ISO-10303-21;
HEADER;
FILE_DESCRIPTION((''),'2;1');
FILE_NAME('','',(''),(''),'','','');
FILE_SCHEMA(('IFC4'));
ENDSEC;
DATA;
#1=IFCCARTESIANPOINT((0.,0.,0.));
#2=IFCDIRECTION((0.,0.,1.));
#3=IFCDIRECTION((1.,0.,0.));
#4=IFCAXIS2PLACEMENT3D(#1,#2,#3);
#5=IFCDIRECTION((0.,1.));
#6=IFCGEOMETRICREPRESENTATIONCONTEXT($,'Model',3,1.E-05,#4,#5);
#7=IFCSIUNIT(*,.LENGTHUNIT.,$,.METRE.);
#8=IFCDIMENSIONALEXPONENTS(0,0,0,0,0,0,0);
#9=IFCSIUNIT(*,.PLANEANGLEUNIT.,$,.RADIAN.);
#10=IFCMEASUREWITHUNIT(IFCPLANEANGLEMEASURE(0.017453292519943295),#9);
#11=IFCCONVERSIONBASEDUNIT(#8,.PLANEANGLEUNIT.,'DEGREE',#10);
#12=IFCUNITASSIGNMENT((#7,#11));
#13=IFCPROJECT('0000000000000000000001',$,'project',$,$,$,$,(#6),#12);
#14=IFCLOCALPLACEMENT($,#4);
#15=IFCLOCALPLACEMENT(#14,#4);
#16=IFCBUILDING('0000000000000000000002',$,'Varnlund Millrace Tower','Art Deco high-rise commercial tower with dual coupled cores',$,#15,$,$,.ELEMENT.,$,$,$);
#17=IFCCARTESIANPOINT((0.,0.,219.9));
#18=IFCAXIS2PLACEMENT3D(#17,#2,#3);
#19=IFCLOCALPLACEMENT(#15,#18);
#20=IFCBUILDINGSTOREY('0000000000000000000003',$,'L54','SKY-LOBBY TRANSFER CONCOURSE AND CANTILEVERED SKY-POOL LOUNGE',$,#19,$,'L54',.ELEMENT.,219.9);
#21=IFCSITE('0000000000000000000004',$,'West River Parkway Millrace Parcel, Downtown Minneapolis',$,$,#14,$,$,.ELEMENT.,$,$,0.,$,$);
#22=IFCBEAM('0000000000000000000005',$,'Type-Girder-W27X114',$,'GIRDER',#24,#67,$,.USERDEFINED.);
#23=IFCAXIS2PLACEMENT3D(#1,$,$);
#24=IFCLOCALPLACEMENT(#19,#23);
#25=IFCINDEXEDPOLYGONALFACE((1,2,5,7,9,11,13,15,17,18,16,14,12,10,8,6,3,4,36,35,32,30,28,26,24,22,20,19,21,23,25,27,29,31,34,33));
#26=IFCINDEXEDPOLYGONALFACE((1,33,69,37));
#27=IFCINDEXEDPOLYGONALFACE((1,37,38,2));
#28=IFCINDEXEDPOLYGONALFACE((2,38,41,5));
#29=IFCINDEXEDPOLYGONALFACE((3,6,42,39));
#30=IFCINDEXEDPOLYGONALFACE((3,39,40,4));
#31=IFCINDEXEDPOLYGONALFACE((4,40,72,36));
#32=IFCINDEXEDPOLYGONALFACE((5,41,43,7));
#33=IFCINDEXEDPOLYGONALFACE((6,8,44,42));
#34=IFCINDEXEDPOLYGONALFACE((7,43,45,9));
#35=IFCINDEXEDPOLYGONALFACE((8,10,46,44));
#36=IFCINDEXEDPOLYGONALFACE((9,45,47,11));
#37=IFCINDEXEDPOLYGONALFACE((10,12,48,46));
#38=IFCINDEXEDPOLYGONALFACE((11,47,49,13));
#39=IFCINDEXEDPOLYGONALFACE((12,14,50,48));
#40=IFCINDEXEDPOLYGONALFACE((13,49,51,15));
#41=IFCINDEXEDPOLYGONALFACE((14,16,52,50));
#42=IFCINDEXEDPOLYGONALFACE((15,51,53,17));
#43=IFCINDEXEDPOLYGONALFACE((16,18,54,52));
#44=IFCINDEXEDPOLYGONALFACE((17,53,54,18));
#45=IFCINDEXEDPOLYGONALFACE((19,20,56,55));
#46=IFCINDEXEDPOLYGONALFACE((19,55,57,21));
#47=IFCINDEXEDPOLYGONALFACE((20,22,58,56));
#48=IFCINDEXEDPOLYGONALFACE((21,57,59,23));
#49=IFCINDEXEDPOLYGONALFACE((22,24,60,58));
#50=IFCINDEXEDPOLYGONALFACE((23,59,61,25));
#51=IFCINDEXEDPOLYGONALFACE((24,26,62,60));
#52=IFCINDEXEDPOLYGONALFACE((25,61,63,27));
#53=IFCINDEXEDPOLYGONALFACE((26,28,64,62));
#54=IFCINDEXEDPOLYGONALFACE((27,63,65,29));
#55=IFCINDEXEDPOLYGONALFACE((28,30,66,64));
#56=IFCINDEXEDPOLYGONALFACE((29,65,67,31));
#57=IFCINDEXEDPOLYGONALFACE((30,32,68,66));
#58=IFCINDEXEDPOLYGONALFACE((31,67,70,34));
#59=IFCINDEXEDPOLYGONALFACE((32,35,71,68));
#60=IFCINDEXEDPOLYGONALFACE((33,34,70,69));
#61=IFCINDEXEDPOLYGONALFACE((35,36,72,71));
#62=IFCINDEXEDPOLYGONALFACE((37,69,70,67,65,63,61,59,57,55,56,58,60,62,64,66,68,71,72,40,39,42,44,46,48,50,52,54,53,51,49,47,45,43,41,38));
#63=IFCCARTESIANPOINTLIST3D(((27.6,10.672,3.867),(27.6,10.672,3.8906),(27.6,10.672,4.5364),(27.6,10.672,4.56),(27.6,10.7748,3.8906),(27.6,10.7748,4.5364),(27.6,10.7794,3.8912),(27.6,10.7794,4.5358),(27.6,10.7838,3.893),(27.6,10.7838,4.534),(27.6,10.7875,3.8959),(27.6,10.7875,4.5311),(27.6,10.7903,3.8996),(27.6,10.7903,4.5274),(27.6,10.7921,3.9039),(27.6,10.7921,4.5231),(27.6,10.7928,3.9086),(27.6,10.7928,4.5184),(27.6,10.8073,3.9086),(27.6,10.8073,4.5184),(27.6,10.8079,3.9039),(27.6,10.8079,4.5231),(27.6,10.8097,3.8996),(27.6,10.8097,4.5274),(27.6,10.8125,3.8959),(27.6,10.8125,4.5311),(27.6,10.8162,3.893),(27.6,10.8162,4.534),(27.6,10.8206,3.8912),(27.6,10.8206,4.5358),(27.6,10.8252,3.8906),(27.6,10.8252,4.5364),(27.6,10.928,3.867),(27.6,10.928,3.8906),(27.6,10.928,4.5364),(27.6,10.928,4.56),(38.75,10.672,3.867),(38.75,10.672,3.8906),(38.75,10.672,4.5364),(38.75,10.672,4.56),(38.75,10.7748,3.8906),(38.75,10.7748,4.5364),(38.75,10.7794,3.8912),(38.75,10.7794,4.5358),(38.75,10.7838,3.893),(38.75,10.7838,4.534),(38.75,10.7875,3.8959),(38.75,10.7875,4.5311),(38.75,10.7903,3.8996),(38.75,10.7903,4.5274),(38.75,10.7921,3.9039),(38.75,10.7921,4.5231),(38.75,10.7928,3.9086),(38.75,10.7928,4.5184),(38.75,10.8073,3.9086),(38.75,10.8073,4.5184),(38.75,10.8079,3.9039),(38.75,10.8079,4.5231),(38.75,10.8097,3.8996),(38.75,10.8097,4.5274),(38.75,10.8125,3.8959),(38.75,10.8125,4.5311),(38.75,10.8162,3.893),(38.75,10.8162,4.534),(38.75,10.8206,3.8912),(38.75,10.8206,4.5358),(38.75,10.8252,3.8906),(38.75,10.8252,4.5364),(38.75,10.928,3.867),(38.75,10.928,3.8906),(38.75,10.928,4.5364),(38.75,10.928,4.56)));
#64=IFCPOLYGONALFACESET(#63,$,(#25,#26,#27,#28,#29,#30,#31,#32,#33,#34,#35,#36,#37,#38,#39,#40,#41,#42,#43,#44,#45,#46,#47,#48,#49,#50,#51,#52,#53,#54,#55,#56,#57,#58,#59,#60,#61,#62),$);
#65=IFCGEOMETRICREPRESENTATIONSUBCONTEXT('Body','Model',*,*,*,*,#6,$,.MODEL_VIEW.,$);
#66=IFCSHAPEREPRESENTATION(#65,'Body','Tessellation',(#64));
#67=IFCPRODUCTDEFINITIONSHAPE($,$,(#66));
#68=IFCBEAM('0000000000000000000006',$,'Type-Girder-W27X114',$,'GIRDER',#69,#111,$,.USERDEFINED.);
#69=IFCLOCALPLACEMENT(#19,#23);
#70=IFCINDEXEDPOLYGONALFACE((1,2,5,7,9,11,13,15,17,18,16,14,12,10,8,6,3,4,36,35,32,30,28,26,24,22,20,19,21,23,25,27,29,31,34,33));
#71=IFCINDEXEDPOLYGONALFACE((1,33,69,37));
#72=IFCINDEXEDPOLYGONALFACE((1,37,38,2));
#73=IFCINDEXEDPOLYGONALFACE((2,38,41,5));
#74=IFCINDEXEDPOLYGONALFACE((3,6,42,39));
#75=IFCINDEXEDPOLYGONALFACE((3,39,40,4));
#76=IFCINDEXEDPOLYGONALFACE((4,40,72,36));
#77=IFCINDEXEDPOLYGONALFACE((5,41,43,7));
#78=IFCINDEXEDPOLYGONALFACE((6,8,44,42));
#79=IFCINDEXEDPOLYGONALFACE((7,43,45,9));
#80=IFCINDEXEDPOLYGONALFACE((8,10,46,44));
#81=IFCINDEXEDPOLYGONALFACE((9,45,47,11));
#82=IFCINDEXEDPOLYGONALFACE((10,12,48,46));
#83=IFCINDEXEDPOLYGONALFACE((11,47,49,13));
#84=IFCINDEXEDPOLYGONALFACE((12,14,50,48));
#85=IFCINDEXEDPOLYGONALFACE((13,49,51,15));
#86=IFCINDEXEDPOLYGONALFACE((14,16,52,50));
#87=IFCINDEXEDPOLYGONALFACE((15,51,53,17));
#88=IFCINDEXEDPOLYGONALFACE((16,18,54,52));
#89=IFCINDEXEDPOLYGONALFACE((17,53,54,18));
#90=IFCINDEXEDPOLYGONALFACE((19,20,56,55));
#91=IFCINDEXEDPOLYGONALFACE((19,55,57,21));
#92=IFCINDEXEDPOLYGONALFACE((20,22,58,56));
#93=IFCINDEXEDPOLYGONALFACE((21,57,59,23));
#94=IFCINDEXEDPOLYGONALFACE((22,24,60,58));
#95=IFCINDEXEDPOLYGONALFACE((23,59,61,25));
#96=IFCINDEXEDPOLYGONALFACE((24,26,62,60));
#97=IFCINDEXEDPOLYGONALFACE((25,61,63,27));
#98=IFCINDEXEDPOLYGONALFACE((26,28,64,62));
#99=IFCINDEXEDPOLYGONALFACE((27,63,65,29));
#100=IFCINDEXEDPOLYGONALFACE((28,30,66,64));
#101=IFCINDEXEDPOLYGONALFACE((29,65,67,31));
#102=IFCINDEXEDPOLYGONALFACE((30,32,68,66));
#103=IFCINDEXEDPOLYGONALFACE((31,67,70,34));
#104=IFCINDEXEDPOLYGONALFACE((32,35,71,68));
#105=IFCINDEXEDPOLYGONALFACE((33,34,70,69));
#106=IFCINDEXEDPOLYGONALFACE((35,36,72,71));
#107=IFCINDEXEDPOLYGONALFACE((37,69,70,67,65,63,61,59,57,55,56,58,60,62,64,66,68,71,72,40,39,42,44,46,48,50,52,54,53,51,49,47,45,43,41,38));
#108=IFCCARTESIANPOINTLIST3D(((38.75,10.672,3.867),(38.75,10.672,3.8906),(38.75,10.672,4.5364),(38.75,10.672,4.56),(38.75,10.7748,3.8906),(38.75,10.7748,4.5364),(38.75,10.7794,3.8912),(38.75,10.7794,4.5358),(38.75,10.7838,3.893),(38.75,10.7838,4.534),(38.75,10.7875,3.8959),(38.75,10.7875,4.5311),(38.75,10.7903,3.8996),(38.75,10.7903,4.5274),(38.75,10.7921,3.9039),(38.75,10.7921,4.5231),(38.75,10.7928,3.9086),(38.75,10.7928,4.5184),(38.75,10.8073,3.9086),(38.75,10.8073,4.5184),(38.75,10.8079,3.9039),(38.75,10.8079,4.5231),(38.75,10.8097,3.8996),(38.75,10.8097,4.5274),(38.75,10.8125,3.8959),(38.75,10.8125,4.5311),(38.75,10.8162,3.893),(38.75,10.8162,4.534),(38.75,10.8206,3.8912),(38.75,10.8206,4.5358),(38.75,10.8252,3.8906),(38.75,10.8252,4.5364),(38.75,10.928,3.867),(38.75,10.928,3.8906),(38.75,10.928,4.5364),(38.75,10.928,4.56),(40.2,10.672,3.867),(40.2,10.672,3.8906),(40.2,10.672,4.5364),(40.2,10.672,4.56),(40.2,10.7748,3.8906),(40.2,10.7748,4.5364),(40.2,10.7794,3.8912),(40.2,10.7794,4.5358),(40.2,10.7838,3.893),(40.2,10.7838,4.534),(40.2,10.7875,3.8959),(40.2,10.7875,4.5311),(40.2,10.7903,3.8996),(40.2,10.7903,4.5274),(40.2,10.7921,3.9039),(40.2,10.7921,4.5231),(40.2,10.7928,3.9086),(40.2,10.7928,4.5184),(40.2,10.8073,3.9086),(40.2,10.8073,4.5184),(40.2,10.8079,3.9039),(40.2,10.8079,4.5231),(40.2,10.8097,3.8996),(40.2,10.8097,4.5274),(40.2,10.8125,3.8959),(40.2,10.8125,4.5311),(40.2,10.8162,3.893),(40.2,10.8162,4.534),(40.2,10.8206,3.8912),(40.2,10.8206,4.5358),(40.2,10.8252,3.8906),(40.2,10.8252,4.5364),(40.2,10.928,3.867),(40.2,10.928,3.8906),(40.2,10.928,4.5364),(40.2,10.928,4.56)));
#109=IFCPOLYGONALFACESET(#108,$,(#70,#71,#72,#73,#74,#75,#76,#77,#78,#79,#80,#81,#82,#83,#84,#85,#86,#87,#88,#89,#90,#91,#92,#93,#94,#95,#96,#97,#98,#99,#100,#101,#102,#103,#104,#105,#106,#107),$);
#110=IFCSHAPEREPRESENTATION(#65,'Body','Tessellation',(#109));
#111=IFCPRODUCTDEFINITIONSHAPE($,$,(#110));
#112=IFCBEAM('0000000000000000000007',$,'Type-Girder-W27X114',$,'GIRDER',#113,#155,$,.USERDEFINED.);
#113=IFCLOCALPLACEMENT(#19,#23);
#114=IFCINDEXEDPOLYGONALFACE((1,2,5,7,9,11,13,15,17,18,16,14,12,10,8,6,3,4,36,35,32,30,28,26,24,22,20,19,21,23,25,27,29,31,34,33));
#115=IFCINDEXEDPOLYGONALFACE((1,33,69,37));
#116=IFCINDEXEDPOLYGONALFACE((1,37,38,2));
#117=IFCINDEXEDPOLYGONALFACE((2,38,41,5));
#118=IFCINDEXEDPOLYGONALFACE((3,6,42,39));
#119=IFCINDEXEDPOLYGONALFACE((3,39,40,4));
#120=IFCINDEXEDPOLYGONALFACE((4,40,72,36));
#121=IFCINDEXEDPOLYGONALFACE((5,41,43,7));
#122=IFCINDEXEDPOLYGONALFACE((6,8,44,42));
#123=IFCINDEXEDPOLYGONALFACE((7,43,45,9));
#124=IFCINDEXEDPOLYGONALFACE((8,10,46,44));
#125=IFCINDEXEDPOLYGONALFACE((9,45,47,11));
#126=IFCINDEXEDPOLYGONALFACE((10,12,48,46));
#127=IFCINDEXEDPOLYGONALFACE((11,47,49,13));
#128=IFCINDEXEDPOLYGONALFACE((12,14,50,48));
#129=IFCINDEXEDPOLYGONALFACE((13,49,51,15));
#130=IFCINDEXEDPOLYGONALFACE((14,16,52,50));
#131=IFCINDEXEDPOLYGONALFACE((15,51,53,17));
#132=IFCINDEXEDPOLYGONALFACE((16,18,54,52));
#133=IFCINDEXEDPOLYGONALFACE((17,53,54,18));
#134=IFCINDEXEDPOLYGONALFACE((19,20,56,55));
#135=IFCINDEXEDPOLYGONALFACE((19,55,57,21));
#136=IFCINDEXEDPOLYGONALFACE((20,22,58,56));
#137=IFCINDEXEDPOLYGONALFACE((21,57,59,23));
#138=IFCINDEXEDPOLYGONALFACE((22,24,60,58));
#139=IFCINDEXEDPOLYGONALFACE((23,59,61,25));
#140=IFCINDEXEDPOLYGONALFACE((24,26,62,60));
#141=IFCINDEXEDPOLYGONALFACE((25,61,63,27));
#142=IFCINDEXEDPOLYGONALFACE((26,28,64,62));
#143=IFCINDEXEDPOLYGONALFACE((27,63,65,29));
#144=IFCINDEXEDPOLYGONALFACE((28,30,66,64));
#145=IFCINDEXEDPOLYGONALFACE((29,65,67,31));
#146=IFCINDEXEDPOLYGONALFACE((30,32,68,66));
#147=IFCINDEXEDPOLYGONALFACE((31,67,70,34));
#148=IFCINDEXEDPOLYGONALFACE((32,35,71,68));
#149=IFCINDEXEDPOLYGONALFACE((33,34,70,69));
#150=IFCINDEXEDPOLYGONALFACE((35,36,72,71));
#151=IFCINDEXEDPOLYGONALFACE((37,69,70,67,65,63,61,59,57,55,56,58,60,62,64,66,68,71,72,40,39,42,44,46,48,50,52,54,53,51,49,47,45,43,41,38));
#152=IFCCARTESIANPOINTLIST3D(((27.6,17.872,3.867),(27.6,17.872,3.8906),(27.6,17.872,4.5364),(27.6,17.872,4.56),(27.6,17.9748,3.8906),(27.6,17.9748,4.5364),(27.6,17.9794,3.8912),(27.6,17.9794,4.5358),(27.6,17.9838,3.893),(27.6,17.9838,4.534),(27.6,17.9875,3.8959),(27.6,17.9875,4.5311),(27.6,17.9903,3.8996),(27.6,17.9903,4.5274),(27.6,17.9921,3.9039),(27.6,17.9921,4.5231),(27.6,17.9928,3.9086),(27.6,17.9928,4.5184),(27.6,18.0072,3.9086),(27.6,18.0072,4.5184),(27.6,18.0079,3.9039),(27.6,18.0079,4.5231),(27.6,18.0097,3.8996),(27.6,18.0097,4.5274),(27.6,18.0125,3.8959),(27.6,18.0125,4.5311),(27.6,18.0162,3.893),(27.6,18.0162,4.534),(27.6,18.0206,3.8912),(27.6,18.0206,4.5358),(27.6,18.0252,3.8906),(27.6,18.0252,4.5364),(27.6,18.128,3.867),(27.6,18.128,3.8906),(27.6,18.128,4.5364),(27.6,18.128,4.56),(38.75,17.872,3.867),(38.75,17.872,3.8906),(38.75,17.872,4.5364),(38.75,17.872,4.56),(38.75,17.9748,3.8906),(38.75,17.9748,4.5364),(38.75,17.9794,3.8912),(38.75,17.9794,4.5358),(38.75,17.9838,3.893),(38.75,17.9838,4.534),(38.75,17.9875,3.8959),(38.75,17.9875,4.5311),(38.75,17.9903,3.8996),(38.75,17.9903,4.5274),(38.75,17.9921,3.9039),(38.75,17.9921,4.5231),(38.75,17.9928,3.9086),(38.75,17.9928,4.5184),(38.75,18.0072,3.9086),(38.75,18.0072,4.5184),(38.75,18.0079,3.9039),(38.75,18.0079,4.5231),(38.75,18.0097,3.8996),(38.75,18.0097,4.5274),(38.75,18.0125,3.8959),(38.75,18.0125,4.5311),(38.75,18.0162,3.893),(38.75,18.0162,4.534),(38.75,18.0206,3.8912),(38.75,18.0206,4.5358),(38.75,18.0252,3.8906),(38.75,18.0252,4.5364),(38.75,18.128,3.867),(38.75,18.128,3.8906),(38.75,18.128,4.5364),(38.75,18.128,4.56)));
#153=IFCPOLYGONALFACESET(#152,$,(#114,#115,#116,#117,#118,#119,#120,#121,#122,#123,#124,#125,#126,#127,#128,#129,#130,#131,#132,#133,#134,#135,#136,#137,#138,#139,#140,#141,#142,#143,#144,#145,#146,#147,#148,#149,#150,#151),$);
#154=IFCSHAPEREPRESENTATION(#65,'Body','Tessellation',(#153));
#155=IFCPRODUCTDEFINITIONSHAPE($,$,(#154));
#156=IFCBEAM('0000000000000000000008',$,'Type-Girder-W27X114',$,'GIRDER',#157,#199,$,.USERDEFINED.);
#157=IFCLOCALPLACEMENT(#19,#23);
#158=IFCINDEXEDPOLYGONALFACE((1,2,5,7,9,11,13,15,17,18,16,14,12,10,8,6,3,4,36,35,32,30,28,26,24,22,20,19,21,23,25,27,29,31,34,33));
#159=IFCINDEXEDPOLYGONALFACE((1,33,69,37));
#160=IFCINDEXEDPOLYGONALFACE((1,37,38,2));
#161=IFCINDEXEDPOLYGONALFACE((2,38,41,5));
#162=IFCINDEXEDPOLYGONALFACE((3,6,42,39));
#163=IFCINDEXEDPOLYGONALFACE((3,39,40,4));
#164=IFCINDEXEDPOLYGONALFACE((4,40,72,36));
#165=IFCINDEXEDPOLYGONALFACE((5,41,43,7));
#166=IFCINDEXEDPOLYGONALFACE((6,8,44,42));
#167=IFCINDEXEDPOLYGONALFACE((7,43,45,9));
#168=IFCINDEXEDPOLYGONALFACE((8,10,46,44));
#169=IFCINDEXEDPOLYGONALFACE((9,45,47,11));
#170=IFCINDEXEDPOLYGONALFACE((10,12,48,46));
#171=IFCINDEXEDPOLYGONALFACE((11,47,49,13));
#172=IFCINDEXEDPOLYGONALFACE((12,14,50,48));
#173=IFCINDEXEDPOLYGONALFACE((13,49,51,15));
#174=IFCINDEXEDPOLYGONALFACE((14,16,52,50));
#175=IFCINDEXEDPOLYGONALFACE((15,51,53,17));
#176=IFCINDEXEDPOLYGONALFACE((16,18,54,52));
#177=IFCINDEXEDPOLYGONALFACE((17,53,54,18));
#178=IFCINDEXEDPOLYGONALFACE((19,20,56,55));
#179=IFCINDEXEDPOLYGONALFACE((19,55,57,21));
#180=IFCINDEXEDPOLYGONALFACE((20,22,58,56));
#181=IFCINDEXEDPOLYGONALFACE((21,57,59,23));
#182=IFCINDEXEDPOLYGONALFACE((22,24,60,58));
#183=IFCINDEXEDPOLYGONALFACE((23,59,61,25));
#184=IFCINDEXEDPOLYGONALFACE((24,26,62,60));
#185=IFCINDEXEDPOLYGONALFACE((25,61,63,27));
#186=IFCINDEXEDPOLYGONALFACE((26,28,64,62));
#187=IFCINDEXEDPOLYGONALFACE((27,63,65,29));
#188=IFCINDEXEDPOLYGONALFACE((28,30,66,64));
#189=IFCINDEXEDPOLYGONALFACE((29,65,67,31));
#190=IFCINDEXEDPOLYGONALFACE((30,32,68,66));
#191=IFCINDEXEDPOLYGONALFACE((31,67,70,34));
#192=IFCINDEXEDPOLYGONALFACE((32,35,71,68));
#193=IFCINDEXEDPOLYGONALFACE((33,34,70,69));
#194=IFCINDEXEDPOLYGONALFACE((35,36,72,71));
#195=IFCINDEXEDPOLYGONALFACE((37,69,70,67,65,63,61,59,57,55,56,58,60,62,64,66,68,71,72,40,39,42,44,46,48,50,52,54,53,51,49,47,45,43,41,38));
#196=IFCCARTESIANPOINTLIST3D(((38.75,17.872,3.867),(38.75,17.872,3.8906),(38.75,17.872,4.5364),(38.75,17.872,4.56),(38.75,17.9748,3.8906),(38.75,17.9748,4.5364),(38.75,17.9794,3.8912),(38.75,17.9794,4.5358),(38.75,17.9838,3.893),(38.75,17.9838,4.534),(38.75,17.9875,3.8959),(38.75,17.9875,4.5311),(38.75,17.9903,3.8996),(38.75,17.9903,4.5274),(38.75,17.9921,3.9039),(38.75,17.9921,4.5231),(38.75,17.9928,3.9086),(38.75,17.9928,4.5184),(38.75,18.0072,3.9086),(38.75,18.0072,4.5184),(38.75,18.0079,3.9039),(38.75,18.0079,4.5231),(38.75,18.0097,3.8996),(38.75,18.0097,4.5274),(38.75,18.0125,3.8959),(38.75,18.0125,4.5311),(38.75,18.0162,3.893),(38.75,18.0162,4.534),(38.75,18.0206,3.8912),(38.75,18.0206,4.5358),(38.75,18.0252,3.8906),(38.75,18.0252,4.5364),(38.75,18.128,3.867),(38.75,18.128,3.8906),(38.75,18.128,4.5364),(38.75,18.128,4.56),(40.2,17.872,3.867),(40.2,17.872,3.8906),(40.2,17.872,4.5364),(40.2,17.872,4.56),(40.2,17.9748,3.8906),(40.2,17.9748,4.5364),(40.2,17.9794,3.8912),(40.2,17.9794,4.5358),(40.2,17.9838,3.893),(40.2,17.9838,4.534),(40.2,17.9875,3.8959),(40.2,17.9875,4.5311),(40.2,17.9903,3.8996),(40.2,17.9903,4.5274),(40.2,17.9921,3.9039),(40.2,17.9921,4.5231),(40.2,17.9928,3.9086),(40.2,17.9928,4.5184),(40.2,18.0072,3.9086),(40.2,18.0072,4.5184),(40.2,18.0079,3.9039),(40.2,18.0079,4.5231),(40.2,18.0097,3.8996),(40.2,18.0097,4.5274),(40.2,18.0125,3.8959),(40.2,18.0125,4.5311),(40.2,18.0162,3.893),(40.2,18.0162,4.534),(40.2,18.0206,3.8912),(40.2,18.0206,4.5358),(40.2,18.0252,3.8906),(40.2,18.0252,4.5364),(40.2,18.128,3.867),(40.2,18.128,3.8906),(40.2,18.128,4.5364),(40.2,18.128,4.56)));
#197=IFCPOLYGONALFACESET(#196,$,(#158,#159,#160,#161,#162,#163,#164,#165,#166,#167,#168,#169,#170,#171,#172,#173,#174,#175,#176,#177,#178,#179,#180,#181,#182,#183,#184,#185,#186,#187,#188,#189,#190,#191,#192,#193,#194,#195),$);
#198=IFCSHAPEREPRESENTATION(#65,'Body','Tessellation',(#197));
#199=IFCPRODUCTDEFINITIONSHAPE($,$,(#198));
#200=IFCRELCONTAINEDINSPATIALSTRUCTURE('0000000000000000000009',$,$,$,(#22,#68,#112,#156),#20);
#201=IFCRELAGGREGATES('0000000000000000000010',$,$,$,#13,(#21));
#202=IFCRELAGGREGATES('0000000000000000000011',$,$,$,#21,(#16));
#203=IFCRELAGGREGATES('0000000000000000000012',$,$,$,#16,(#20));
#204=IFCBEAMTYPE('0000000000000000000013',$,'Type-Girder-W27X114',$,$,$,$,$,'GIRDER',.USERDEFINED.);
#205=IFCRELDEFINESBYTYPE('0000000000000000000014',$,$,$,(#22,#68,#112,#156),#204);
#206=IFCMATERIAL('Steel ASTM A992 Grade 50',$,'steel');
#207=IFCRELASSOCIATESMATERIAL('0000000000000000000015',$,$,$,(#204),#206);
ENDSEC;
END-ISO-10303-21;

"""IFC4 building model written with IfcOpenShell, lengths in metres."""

from ifc_helpers import new_model, entity, si_unit, converted_unit, direction, frame, origin_with_axes, origin_2d_with_axis, place, context, subcontext, project, spatial, i_section, extrude, material, material_profile, profile_set, type_object, element, save


model = new_model("IFC4")

# Units and contexts
model_context = context("Model", 3, precision=1e-05, world=origin_with_axes(), true_north=direction((0.0, 1.0)))
body_context = subcontext(model_context, "Body", "Model", "MODEL_VIEW")
ifc_project = project(units=[si_unit("LENGTHUNIT", "METRE"), converted_unit("PLANEANGLEUNIT", "DEGREE", entity("IfcPlaneAngleMeasure", 0.017453292519943295), si_unit("PLANEANGLEUNIT", "RADIAN"), dimensions=[0, 0, 0, 0, 0, 0, 0])], contexts=[model_context])

# Site, building, storey
site_placement = place(None, origin_with_axes())
site = spatial("IfcSite", under=ifc_project, at=site_placement, Name="West River Parkway Millrace Parcel, Downtown Minneapolis", CompositionType="ELEMENT", RefElevation=0.0)
building_placement = place(site_placement, origin_with_axes())
building = spatial("IfcBuilding", under=site, at=building_placement, Name="Varnlund Millrace Tower", Description="Art Deco high-rise commercial tower with dual coupled cores", CompositionType="ELEMENT")
storey_placement = place(building_placement, frame((0.0, 0.0, 219.9), z_axis=(0.0, 0.0, 1.0), x_axis=(1.0, 0.0, 0.0)))
storey = spatial("IfcBuildingStorey", under=building, at=storey_placement, Name="L54", Description="SKY-LOBBY TRANSFER CONCOURSE AND CANTILEVERED SKY-POOL LOUNGE", LongName="L54", CompositionType="ELEMENT", Elevation=219.9)

# Beams
ifc_material_1 = material(Name="Steel ASTM A992 Grade 50", Category="steel")
ifc_material_profile_1 = material_profile(ifc_material_1, i_section(OverallWidth=0.256, OverallDepth=0.693, WebThickness=0.0145, FlangeThickness=0.0236, FilletRadius=0.018, at=origin_2d_with_axis()), Name="Steel ASTM A992 Grade 50")
ifc_profile_set_1 = profile_set([ifc_material_profile_1], Name="Steel ASTM A992 Grade 50")
beam_type_1 = type_object("IfcBeamType", Name="Type-Girder-W27X114", ElementType="GIRDER", PredefinedType="USERDEFINED", material=ifc_profile_set_1)
beam_1_placement = place(storey_placement, frame((27.6, 10.8, 4.2135), z_axis=(1.0, 0.0, 0.0), x_axis=(0.0, 1.0, 0.0)))
element("IfcBeam", 1, at=beam_1_placement, inside=storey, type_object=beam_type_1, Name="Type-Girder-W27X114", ObjectType="GIRDER", PredefinedType="USERDEFINED", context=body_context, shape_type="SweptSolid", body=[
    extrude(i_section(OverallWidth=0.256, OverallDepth=0.693, WebThickness=0.0145, FlangeThickness=0.0236, FilletRadius=0.018, at=origin_2d_with_axis()), origin_with_axes(), (0.0, 0.0, 1.0), 11.15),
])
beam_2_placement = place(storey_placement, frame((38.75, 10.8, 4.2135), z_axis=(1.0, 0.0, 0.0), x_axis=(0.0, 1.0, 0.0)))
element("IfcBeam", 2, at=beam_2_placement, inside=storey, type_object=beam_type_1, Name="Type-Girder-W27X114", ObjectType="GIRDER", PredefinedType="USERDEFINED", context=body_context, shape_type="SweptSolid", body=[
    extrude(i_section(OverallWidth=0.256, OverallDepth=0.693, WebThickness=0.0145, FlangeThickness=0.0236, FilletRadius=0.018, at=origin_2d_with_axis()), origin_with_axes(), (0.0, 0.0, 1.0), 1.45),
])
beam_3_placement = place(storey_placement, frame((27.6, 18.0, 4.2135), z_axis=(1.0, 0.0, 0.0), x_axis=(0.0, 1.0, 0.0)))
element("IfcBeam", 3, at=beam_3_placement, inside=storey, type_object=beam_type_1, Name="Type-Girder-W27X114", ObjectType="GIRDER", PredefinedType="USERDEFINED", context=body_context, shape_type="SweptSolid", body=[
    extrude(i_section(OverallWidth=0.256, OverallDepth=0.693, WebThickness=0.0145, FlangeThickness=0.0236, FilletRadius=0.018, at=origin_2d_with_axis()), origin_with_axes(), (0.0, 0.0, 1.0), 11.15),
])
beam_4_placement = place(storey_placement, frame((38.75, 18.0, 4.2135), z_axis=(1.0, 0.0, 0.0), x_axis=(0.0, 1.0, 0.0)))
element("IfcBeam", 4, at=beam_4_placement, inside=storey, type_object=beam_type_1, Name="Type-Girder-W27X114", ObjectType="GIRDER", PredefinedType="USERDEFINED", context=body_context, shape_type="SweptSolid", body=[
    extrude(i_section(OverallWidth=0.256, OverallDepth=0.693, WebThickness=0.0145, FlangeThickness=0.0236, FilletRadius=0.018, at=origin_2d_with_axis()), origin_with_axes(), (0.0, 0.0, 1.0), 1.45),
])

save(model, "model.ifc")
